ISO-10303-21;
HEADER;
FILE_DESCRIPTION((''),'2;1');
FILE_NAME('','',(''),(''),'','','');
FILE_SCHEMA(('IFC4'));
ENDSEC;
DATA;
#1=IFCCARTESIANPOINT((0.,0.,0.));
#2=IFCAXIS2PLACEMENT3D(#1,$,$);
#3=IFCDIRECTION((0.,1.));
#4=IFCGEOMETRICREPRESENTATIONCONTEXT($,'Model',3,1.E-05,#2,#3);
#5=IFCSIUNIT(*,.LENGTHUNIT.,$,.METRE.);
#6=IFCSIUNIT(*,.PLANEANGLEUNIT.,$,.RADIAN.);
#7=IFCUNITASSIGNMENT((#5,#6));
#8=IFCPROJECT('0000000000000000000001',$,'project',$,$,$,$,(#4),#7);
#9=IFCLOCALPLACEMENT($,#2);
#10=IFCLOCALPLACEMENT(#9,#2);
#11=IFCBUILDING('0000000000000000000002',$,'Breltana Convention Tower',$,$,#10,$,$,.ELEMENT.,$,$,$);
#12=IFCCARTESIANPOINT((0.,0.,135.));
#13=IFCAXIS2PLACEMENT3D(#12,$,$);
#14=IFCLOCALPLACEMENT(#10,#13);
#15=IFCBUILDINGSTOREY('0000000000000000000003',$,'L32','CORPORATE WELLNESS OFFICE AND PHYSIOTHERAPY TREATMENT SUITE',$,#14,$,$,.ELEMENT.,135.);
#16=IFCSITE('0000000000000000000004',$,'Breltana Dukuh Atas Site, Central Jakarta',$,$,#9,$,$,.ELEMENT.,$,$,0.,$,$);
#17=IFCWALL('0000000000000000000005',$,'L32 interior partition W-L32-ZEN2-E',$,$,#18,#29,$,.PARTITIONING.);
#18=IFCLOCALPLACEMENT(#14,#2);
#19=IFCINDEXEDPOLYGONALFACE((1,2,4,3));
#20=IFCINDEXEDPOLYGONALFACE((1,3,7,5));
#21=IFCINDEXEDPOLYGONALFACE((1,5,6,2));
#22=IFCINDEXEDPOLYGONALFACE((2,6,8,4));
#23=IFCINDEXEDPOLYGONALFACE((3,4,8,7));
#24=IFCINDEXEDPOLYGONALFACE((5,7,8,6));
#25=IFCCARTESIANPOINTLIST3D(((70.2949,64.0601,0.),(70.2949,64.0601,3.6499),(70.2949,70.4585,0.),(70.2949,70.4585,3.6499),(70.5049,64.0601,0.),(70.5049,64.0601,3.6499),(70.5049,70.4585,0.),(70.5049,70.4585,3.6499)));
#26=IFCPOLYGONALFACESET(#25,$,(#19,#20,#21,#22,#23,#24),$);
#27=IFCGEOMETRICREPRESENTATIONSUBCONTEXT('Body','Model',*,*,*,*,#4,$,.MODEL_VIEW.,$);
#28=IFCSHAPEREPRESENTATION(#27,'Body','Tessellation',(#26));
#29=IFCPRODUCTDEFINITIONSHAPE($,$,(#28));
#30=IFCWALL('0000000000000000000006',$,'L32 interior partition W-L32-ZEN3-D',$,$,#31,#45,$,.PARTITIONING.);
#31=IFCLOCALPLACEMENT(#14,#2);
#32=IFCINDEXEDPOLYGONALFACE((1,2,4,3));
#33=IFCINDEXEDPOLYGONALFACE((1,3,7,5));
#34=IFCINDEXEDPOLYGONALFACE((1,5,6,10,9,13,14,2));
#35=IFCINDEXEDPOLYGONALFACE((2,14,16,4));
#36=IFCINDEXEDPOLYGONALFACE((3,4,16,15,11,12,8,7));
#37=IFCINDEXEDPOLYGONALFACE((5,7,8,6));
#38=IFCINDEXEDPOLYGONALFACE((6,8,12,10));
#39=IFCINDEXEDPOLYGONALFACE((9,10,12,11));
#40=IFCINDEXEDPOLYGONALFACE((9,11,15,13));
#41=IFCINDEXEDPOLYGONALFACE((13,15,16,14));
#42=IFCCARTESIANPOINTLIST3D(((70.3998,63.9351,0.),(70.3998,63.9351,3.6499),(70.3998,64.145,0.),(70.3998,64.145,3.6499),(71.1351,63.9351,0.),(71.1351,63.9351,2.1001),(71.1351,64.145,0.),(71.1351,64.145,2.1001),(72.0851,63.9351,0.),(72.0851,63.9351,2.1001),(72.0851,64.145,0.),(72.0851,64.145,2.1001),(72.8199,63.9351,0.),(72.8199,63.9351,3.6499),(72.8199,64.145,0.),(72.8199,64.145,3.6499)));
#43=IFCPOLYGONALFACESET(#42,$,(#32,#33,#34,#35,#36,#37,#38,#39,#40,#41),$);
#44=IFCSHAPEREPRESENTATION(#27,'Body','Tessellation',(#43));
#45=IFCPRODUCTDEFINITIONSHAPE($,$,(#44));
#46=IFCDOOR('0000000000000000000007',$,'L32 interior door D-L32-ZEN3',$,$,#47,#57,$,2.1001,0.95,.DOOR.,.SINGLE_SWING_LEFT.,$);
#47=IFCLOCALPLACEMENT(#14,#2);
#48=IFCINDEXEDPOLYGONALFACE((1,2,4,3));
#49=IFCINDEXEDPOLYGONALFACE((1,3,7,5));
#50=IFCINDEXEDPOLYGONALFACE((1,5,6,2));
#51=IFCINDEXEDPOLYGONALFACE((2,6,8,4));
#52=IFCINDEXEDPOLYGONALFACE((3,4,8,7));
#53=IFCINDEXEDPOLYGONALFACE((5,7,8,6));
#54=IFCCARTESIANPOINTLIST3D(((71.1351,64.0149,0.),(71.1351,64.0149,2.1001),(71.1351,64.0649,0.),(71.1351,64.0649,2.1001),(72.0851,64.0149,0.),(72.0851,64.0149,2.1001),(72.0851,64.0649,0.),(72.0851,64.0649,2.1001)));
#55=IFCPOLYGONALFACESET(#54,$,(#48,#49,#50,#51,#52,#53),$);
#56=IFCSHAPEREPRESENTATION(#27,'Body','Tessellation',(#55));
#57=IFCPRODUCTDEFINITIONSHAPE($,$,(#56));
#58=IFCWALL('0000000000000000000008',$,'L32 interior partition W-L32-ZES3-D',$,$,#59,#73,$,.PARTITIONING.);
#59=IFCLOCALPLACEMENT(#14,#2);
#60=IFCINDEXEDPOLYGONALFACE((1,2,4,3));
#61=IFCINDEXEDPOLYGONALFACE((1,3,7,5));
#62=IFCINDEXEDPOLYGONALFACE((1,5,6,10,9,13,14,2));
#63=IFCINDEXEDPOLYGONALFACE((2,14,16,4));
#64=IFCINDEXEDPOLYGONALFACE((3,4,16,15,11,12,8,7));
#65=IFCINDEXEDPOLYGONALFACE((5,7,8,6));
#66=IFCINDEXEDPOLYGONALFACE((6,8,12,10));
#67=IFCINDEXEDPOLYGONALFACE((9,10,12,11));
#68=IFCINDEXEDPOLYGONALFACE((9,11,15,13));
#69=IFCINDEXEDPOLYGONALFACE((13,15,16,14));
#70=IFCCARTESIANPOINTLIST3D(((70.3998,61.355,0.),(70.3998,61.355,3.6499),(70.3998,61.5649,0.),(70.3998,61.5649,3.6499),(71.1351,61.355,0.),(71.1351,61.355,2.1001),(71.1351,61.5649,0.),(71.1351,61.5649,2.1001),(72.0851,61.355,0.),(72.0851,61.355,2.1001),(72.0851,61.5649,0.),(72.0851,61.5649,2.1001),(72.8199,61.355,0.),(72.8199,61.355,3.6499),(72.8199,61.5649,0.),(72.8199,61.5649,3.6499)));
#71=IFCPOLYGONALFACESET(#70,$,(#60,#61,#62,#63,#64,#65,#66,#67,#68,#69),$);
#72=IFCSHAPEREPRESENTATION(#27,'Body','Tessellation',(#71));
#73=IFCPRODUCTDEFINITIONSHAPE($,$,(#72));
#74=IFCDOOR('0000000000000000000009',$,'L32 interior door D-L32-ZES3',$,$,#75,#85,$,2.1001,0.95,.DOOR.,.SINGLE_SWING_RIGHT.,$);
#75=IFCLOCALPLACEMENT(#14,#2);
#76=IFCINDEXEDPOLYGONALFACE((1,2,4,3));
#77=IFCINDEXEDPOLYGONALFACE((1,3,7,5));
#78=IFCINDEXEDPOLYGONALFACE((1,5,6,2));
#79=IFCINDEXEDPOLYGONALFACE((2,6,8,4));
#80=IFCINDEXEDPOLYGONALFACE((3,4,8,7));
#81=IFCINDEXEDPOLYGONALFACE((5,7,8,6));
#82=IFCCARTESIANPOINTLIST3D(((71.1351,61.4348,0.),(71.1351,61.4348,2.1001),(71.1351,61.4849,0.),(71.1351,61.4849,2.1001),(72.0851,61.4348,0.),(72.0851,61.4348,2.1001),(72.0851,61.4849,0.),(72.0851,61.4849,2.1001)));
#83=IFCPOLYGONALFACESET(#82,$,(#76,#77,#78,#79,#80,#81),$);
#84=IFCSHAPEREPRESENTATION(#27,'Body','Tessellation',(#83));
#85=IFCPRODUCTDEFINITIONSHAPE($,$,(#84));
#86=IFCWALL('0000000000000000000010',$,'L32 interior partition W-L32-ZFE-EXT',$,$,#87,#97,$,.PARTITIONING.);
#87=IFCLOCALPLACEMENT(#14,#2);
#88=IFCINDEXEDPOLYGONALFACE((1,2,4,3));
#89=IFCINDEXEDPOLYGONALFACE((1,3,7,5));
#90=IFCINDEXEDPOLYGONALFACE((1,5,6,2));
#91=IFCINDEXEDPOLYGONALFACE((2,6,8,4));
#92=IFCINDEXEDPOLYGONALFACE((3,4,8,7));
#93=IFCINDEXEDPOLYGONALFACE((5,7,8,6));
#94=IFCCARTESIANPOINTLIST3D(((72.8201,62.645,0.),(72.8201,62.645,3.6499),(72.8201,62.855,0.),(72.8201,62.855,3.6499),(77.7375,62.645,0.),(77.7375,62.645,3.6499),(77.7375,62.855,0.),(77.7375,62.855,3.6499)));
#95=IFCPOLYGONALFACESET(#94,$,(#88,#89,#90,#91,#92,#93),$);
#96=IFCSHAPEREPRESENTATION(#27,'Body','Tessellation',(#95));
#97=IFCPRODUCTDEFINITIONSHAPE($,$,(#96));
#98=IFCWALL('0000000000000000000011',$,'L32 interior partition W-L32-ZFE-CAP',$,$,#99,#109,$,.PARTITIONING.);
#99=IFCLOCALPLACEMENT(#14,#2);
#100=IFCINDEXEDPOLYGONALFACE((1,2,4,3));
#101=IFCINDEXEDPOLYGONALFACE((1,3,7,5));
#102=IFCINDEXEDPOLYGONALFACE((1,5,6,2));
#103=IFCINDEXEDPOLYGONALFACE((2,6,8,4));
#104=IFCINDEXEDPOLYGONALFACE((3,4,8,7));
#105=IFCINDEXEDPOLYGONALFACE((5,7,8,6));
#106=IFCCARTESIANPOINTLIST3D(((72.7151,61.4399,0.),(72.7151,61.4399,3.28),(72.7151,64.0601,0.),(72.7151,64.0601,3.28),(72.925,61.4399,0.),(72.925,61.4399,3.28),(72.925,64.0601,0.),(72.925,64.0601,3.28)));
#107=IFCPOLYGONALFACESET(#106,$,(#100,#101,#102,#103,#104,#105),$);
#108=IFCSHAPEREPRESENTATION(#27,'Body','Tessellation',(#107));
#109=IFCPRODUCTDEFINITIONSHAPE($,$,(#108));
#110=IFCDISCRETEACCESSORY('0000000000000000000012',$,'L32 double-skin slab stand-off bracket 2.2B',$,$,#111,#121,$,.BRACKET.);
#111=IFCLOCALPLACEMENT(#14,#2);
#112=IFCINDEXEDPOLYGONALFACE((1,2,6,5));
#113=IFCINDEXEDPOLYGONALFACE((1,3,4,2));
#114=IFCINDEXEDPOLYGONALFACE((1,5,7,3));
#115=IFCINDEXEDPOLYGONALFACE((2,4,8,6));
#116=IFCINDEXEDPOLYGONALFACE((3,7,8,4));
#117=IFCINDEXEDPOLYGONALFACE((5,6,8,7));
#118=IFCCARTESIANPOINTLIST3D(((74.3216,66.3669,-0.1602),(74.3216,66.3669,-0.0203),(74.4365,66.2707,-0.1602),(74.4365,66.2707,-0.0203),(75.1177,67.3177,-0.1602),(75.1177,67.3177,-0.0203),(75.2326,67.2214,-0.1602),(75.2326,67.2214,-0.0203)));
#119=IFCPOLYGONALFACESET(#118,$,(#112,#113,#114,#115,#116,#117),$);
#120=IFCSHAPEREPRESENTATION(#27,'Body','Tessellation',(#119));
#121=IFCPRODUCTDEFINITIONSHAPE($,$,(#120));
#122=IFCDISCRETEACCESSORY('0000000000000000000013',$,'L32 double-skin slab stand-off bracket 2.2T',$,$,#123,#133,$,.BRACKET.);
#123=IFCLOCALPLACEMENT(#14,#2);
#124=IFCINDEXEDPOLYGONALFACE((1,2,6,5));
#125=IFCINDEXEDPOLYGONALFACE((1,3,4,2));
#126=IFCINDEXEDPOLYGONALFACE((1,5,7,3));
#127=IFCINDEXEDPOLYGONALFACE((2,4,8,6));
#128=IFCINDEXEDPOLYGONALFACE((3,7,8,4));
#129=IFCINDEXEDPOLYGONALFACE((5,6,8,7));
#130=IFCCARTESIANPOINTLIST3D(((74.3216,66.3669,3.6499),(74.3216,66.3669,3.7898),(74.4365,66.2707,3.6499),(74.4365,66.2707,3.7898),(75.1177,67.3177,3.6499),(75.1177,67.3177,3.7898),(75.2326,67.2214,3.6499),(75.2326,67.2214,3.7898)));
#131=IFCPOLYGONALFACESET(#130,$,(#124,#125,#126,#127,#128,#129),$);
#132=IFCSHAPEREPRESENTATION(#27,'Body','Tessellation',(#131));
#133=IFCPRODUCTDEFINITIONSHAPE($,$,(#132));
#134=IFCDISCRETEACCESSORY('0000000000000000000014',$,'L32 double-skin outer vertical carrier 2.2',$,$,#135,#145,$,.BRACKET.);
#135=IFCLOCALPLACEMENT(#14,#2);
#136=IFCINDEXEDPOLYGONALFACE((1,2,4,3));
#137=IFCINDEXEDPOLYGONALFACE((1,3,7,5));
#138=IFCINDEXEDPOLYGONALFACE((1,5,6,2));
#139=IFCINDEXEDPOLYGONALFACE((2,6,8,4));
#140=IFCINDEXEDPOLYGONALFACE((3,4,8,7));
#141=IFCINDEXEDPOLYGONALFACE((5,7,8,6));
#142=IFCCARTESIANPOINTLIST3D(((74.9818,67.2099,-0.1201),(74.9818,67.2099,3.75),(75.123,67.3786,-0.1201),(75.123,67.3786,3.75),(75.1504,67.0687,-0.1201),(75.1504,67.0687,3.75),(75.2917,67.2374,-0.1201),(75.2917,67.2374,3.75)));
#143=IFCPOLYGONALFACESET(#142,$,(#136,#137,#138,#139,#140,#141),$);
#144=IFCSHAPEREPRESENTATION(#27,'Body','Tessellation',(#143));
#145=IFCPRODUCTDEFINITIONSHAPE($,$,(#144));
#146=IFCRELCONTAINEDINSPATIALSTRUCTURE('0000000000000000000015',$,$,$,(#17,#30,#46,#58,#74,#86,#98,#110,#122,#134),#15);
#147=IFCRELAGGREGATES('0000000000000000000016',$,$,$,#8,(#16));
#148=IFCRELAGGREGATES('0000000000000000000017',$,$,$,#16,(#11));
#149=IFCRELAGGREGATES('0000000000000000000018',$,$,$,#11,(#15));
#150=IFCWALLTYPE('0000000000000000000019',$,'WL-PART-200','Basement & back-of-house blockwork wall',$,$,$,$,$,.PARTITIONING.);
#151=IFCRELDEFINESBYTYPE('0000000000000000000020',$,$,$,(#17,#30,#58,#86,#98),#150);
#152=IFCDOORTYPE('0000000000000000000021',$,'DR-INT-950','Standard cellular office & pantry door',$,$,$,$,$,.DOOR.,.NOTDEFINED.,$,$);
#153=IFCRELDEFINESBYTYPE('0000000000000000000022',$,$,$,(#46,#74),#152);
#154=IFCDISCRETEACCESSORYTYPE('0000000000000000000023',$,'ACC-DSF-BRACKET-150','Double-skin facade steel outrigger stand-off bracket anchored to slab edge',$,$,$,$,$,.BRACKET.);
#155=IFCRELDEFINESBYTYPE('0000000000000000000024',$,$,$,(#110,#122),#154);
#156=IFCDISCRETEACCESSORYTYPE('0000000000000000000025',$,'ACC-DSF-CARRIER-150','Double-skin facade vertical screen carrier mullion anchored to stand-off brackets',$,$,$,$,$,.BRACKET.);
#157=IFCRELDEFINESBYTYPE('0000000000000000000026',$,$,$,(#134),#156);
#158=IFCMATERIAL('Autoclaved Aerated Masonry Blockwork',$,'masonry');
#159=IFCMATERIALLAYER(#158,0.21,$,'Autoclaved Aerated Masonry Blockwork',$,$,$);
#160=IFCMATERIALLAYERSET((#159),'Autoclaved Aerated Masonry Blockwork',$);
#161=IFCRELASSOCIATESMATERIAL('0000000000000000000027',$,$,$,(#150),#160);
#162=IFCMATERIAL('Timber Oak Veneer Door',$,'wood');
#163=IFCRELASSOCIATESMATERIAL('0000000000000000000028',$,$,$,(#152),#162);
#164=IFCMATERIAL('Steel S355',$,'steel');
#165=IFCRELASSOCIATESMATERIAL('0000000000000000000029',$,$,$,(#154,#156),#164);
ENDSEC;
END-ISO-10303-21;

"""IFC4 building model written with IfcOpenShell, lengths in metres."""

from ifc_helpers import new_model, si_unit, direction, frame, frame_2d, origin, origin_2d, place, context, subcontext, project, spatial, rectangle, extrude, source, transform, mapped, material, layer, layer_set, type_object, type_shapes, element, fill, save


model = new_model("IFC4")

# Units and contexts
model_context = context("Model", 3, precision=1e-05, world=origin(), true_north=direction((0.0, 1.0)))
body_context = subcontext(model_context, "Body", "Model", "MODEL_VIEW")
ifc_project = project(units=[si_unit("LENGTHUNIT", "METRE"), si_unit("PLANEANGLEUNIT", "RADIAN")], contexts=[model_context])

# Site, building, storey
site_placement = place(None, origin())
site = spatial("IfcSite", under=ifc_project, at=site_placement, Name="Breltana Dukuh Atas Site, Central Jakarta", CompositionType="ELEMENT", RefElevation=0.0)
building_placement = place(site_placement, origin())
building = spatial("IfcBuilding", under=site, at=building_placement, Name="Breltana Convention Tower", CompositionType="ELEMENT")
storey_placement = place(building_placement, frame((0.0, 0.0, 135.0)))
storey = spatial("IfcBuildingStorey", under=building, at=storey_placement, Name="L32", Description="CORPORATE WELLNESS OFFICE AND PHYSIOTHERAPY TREATMENT SUITE", CompositionType="ELEMENT", Elevation=135.0)

# Wall
ifc_material_1 = material(Name="Autoclaved Aerated Masonry Blockwork", Category="masonry")
ifc_layer_1 = layer(ifc_material_1, 0.21, Name="Autoclaved Aerated Masonry Blockwork")
ifc_layer_set_1 = layer_set([ifc_layer_1], Name="Autoclaved Aerated Masonry Blockwork")
wall_type_1 = type_object("IfcWallType", Name="WL-PART-200", Description="Basement & back-of-house blockwork wall", PredefinedType="PARTITIONING", material=ifc_layer_set_1)
shared_shape_1 = source(origin(), body_context, "Body", "SweptSolid", [
    extrude(rectangle(XDim=6.3984, YDim=0.21, at=frame_2d((3.1992, 0.0))), origin(), (0.0, 0.0, 1.0), 3.6499),
])
wall_1_placement = place(storey_placement, frame((70.3999, 64.0601, 0.0), z_axis=(0.0, 0.0, 1.0), x_axis=(0.0, 1.0, 0.0)))
element("IfcWall", 1, at=wall_1_placement, inside=storey, type_object=wall_type_1, Name="L32 interior partition W-L32-ZEN2-E", PredefinedType="PARTITIONING", context=body_context, shape_type="MappedRepresentation", body=[
    mapped(shared_shape_1, transform((0.0, 0.0, 0.0), scale=1.0)),
])

# Walls, openings, doors
shared_shape_2 = source(origin(), body_context, "Body", "SweptSolid", [
    extrude(rectangle(XDim=2.4202, YDim=0.21, at=frame_2d((1.21, 0.0))), origin(), (0.0, 0.0, 1.0), 3.6499),
])
wall_2_placement = place(storey_placement, frame((70.3999, 64.04, 0.0), z_axis=(0.0, 0.0, 1.0), x_axis=(1.0, 0.0, 0.0)))
wall_2 = element("IfcWall", 2, at=wall_2_placement, inside=storey, type_object=wall_type_1, Name="L32 interior partition W-L32-ZEN3-D", PredefinedType="PARTITIONING", context=body_context, shape_type="MappedRepresentation", body=[
    mapped(shared_shape_2, transform((0.0, 0.0, 0.0), scale=1.0)),
])
opening_1_placement = place(wall_2_placement, frame((0.7351, 0.0, 0.0)))
opening_1 = element("IfcOpeningElement", 3, at=opening_1_placement, cuts=wall_2, PredefinedType="OPENING", context=body_context, shape_type="SweptSolid", body=[
    extrude(rectangle(XDim=0.95, YDim=2.1001, at=frame_2d((0.4751, 1.05))), frame((0.0, 0.115, 0.0), z_axis=(0.0, -1.0, 0.0), x_axis=(1.0, 0.0, 0.0)), (0.0, 0.0, 1.0), 0.23),
])
ifc_material_2 = material(Name="Timber Oak Veneer Door", Category="wood")
door_type = type_object("IfcDoorType", Name="DR-INT-950", Description="Standard cellular office & pantry door", OperationType="NOTDEFINED", PredefinedType="DOOR", material=ifc_material_2)
shared_shape_3 = source(origin(), body_context, "Body", "SweptSolid", [
    extrude(rectangle(XDim=0.95, YDim=2.1001, at=frame_2d((0.4751, 1.05))), frame((0.0, 0.0249, 0.0), z_axis=(0.0, -1.0, 0.0), x_axis=(1.0, 0.0, 0.0)), (0.0, 0.0, 1.0), 0.05),
])
type_shapes(door_type, [shared_shape_3])
door_1_placement = place(opening_1_placement, origin())
door_1 = element("IfcDoor", 4, at=door_1_placement, inside=storey, type_object=door_type, Name="L32 interior door D-L32-ZEN3", OperationType="SINGLE_SWING_LEFT", OverallHeight=2.1001, OverallWidth=0.95, PredefinedType="DOOR", context=body_context, shape_type="MappedRepresentation", body=[
    mapped(shared_shape_3, transform((0.0, 0.0, 0.0), scale=1.0)),
])
fill(opening_1, door_1)
wall_3_placement = place(storey_placement, frame((70.3999, 61.46, 0.0), z_axis=(0.0, 0.0, 1.0), x_axis=(1.0, 0.0, 0.0)))
wall_3 = element("IfcWall", 5, at=wall_3_placement, inside=storey, type_object=wall_type_1, Name="L32 interior partition W-L32-ZES3-D", PredefinedType="PARTITIONING", context=body_context, shape_type="MappedRepresentation", body=[
    mapped(shared_shape_2, transform((0.0, 0.0, 0.0), scale=1.0)),
])
opening_2_placement = place(wall_3_placement, frame((0.7351, 0.0, 0.0)))
opening_2 = element("IfcOpeningElement", 6, at=opening_2_placement, cuts=wall_3, PredefinedType="OPENING", context=body_context, shape_type="SweptSolid", body=[
    extrude(rectangle(XDim=0.95, YDim=2.1001, at=frame_2d((0.4751, 1.05))), frame((0.0, 0.115, 0.0), z_axis=(0.0, -1.0, 0.0), x_axis=(1.0, 0.0, 0.0)), (0.0, 0.0, 1.0), 0.23),
])
door_2_placement = place(opening_2_placement, origin())
door_2 = element("IfcDoor", 7, at=door_2_placement, inside=storey, type_object=door_type, Name="L32 interior door D-L32-ZES3", OperationType="SINGLE_SWING_RIGHT", OverallHeight=2.1001, OverallWidth=0.95, PredefinedType="DOOR", context=body_context, shape_type="MappedRepresentation", body=[
    mapped(shared_shape_3, transform((0.0, 0.0, 0.0), scale=1.0)),
])
fill(opening_2, door_2)

# Walls
shared_shape_4 = source(origin(), body_context, "Body", "SweptSolid", [
    extrude(rectangle(XDim=4.9175, YDim=0.21, at=frame_2d((2.4587, 0.0))), origin(), (0.0, 0.0, 1.0), 3.6499),
])
wall_4_placement = place(storey_placement, frame((72.8201, 62.75, 0.0), z_axis=(0.0, 0.0, 1.0), x_axis=(1.0, 0.0, 0.0)))
element("IfcWall", 8, at=wall_4_placement, inside=storey, type_object=wall_type_1, Name="L32 interior partition W-L32-ZFE-EXT", PredefinedType="PARTITIONING", context=body_context, shape_type="MappedRepresentation", body=[
    mapped(shared_shape_4, transform((0.0, 0.0, 0.0), scale=1.0)),
])
shared_shape_5 = source(origin(), body_context, "Body", "SweptSolid", [
    extrude(rectangle(XDim=2.6201, YDim=0.21, at=frame_2d((1.3101, 0.0))), origin(), (0.0, 0.0, 1.0), 3.28),
])
wall_5_placement = place(storey_placement, frame((72.8201, 61.4399, 0.0), z_axis=(0.0, 0.0, 1.0), x_axis=(0.0, 1.0, 0.0)))
element("IfcWall", 9, at=wall_5_placement, inside=storey, type_object=wall_type_1, Name="L32 interior partition W-L32-ZFE-CAP", PredefinedType="PARTITIONING", context=body_context, shape_type="MappedRepresentation", body=[
    mapped(shared_shape_5, transform((0.0, 0.0, 0.0), scale=1.0)),
])

# Discrete accessories
ifc_material_3 = material(Name="Steel S355", Category="steel")
discrete_accessory_type_1 = type_object("IfcDiscreteAccessoryType", Name="ACC-DSF-BRACKET-150", Description="Double-skin facade steel outrigger stand-off bracket anchored to slab edge", PredefinedType="BRACKET", material=ifc_material_3)
shared_shape_6 = source(origin(), body_context, "Body", "SweptSolid", [
    extrude(rectangle(XDim=1.24, YDim=0.1499, at=origin_2d()), origin(), (0.0, 0.0, 1.0), 0.1399),
])
type_shapes(discrete_accessory_type_1, [shared_shape_6])
for number, where, z_axis, x_axis, name in (
    (10, (74.7771, 66.7942, -0.1602), (0.0, 0.0, 1.0), (0.641987, 0.766715, 0.0), "L32 double-skin slab stand-off bracket 2.2B"),
    (11, (74.7771, 66.7942, 3.6499), (0.0, 0.0, 1.0), (0.641987, 0.766715, 0.0), "L32 double-skin slab stand-off bracket 2.2T"),
):
    element("IfcDiscreteAccessory", number, at=place(storey_placement, frame(where, z_axis=z_axis, x_axis=x_axis)), inside=storey, type_object=discrete_accessory_type_1, Name=name, PredefinedType="BRACKET", context=body_context, shape_type="MappedRepresentation", body=[
        mapped(shared_shape_6, transform((0.0, 0.0, 0.0), scale=1.0)),
    ])
discrete_accessory_type_2 = type_object("IfcDiscreteAccessoryType", Name="ACC-DSF-CARRIER-150", Description="Double-skin facade vertical screen carrier mullion anchored to stand-off brackets", PredefinedType="BRACKET", material=ifc_material_3)
shared_shape_7 = source(origin(), body_context, "Body", "SweptSolid", [
    extrude(rectangle(XDim=0.22, YDim=0.22, at=origin_2d()), origin(), (0.0, 0.0, 1.0), 3.8701),
])
discrete_accessory_placement = place(storey_placement, frame((75.1367, 67.2236, -0.1201), z_axis=(0.0, 0.0, 1.0), x_axis=(0.641987, 0.766715, 0.0)))
element("IfcDiscreteAccessory", 12, at=discrete_accessory_placement, inside=storey, type_object=discrete_accessory_type_2, Name="L32 double-skin outer vertical carrier 2.2", PredefinedType="BRACKET", context=body_context, shape_type="MappedRepresentation", body=[
    mapped(shared_shape_7, transform((0.0, 0.0, 0.0), scale=1.0)),
])

save(model, "model.ifc")
